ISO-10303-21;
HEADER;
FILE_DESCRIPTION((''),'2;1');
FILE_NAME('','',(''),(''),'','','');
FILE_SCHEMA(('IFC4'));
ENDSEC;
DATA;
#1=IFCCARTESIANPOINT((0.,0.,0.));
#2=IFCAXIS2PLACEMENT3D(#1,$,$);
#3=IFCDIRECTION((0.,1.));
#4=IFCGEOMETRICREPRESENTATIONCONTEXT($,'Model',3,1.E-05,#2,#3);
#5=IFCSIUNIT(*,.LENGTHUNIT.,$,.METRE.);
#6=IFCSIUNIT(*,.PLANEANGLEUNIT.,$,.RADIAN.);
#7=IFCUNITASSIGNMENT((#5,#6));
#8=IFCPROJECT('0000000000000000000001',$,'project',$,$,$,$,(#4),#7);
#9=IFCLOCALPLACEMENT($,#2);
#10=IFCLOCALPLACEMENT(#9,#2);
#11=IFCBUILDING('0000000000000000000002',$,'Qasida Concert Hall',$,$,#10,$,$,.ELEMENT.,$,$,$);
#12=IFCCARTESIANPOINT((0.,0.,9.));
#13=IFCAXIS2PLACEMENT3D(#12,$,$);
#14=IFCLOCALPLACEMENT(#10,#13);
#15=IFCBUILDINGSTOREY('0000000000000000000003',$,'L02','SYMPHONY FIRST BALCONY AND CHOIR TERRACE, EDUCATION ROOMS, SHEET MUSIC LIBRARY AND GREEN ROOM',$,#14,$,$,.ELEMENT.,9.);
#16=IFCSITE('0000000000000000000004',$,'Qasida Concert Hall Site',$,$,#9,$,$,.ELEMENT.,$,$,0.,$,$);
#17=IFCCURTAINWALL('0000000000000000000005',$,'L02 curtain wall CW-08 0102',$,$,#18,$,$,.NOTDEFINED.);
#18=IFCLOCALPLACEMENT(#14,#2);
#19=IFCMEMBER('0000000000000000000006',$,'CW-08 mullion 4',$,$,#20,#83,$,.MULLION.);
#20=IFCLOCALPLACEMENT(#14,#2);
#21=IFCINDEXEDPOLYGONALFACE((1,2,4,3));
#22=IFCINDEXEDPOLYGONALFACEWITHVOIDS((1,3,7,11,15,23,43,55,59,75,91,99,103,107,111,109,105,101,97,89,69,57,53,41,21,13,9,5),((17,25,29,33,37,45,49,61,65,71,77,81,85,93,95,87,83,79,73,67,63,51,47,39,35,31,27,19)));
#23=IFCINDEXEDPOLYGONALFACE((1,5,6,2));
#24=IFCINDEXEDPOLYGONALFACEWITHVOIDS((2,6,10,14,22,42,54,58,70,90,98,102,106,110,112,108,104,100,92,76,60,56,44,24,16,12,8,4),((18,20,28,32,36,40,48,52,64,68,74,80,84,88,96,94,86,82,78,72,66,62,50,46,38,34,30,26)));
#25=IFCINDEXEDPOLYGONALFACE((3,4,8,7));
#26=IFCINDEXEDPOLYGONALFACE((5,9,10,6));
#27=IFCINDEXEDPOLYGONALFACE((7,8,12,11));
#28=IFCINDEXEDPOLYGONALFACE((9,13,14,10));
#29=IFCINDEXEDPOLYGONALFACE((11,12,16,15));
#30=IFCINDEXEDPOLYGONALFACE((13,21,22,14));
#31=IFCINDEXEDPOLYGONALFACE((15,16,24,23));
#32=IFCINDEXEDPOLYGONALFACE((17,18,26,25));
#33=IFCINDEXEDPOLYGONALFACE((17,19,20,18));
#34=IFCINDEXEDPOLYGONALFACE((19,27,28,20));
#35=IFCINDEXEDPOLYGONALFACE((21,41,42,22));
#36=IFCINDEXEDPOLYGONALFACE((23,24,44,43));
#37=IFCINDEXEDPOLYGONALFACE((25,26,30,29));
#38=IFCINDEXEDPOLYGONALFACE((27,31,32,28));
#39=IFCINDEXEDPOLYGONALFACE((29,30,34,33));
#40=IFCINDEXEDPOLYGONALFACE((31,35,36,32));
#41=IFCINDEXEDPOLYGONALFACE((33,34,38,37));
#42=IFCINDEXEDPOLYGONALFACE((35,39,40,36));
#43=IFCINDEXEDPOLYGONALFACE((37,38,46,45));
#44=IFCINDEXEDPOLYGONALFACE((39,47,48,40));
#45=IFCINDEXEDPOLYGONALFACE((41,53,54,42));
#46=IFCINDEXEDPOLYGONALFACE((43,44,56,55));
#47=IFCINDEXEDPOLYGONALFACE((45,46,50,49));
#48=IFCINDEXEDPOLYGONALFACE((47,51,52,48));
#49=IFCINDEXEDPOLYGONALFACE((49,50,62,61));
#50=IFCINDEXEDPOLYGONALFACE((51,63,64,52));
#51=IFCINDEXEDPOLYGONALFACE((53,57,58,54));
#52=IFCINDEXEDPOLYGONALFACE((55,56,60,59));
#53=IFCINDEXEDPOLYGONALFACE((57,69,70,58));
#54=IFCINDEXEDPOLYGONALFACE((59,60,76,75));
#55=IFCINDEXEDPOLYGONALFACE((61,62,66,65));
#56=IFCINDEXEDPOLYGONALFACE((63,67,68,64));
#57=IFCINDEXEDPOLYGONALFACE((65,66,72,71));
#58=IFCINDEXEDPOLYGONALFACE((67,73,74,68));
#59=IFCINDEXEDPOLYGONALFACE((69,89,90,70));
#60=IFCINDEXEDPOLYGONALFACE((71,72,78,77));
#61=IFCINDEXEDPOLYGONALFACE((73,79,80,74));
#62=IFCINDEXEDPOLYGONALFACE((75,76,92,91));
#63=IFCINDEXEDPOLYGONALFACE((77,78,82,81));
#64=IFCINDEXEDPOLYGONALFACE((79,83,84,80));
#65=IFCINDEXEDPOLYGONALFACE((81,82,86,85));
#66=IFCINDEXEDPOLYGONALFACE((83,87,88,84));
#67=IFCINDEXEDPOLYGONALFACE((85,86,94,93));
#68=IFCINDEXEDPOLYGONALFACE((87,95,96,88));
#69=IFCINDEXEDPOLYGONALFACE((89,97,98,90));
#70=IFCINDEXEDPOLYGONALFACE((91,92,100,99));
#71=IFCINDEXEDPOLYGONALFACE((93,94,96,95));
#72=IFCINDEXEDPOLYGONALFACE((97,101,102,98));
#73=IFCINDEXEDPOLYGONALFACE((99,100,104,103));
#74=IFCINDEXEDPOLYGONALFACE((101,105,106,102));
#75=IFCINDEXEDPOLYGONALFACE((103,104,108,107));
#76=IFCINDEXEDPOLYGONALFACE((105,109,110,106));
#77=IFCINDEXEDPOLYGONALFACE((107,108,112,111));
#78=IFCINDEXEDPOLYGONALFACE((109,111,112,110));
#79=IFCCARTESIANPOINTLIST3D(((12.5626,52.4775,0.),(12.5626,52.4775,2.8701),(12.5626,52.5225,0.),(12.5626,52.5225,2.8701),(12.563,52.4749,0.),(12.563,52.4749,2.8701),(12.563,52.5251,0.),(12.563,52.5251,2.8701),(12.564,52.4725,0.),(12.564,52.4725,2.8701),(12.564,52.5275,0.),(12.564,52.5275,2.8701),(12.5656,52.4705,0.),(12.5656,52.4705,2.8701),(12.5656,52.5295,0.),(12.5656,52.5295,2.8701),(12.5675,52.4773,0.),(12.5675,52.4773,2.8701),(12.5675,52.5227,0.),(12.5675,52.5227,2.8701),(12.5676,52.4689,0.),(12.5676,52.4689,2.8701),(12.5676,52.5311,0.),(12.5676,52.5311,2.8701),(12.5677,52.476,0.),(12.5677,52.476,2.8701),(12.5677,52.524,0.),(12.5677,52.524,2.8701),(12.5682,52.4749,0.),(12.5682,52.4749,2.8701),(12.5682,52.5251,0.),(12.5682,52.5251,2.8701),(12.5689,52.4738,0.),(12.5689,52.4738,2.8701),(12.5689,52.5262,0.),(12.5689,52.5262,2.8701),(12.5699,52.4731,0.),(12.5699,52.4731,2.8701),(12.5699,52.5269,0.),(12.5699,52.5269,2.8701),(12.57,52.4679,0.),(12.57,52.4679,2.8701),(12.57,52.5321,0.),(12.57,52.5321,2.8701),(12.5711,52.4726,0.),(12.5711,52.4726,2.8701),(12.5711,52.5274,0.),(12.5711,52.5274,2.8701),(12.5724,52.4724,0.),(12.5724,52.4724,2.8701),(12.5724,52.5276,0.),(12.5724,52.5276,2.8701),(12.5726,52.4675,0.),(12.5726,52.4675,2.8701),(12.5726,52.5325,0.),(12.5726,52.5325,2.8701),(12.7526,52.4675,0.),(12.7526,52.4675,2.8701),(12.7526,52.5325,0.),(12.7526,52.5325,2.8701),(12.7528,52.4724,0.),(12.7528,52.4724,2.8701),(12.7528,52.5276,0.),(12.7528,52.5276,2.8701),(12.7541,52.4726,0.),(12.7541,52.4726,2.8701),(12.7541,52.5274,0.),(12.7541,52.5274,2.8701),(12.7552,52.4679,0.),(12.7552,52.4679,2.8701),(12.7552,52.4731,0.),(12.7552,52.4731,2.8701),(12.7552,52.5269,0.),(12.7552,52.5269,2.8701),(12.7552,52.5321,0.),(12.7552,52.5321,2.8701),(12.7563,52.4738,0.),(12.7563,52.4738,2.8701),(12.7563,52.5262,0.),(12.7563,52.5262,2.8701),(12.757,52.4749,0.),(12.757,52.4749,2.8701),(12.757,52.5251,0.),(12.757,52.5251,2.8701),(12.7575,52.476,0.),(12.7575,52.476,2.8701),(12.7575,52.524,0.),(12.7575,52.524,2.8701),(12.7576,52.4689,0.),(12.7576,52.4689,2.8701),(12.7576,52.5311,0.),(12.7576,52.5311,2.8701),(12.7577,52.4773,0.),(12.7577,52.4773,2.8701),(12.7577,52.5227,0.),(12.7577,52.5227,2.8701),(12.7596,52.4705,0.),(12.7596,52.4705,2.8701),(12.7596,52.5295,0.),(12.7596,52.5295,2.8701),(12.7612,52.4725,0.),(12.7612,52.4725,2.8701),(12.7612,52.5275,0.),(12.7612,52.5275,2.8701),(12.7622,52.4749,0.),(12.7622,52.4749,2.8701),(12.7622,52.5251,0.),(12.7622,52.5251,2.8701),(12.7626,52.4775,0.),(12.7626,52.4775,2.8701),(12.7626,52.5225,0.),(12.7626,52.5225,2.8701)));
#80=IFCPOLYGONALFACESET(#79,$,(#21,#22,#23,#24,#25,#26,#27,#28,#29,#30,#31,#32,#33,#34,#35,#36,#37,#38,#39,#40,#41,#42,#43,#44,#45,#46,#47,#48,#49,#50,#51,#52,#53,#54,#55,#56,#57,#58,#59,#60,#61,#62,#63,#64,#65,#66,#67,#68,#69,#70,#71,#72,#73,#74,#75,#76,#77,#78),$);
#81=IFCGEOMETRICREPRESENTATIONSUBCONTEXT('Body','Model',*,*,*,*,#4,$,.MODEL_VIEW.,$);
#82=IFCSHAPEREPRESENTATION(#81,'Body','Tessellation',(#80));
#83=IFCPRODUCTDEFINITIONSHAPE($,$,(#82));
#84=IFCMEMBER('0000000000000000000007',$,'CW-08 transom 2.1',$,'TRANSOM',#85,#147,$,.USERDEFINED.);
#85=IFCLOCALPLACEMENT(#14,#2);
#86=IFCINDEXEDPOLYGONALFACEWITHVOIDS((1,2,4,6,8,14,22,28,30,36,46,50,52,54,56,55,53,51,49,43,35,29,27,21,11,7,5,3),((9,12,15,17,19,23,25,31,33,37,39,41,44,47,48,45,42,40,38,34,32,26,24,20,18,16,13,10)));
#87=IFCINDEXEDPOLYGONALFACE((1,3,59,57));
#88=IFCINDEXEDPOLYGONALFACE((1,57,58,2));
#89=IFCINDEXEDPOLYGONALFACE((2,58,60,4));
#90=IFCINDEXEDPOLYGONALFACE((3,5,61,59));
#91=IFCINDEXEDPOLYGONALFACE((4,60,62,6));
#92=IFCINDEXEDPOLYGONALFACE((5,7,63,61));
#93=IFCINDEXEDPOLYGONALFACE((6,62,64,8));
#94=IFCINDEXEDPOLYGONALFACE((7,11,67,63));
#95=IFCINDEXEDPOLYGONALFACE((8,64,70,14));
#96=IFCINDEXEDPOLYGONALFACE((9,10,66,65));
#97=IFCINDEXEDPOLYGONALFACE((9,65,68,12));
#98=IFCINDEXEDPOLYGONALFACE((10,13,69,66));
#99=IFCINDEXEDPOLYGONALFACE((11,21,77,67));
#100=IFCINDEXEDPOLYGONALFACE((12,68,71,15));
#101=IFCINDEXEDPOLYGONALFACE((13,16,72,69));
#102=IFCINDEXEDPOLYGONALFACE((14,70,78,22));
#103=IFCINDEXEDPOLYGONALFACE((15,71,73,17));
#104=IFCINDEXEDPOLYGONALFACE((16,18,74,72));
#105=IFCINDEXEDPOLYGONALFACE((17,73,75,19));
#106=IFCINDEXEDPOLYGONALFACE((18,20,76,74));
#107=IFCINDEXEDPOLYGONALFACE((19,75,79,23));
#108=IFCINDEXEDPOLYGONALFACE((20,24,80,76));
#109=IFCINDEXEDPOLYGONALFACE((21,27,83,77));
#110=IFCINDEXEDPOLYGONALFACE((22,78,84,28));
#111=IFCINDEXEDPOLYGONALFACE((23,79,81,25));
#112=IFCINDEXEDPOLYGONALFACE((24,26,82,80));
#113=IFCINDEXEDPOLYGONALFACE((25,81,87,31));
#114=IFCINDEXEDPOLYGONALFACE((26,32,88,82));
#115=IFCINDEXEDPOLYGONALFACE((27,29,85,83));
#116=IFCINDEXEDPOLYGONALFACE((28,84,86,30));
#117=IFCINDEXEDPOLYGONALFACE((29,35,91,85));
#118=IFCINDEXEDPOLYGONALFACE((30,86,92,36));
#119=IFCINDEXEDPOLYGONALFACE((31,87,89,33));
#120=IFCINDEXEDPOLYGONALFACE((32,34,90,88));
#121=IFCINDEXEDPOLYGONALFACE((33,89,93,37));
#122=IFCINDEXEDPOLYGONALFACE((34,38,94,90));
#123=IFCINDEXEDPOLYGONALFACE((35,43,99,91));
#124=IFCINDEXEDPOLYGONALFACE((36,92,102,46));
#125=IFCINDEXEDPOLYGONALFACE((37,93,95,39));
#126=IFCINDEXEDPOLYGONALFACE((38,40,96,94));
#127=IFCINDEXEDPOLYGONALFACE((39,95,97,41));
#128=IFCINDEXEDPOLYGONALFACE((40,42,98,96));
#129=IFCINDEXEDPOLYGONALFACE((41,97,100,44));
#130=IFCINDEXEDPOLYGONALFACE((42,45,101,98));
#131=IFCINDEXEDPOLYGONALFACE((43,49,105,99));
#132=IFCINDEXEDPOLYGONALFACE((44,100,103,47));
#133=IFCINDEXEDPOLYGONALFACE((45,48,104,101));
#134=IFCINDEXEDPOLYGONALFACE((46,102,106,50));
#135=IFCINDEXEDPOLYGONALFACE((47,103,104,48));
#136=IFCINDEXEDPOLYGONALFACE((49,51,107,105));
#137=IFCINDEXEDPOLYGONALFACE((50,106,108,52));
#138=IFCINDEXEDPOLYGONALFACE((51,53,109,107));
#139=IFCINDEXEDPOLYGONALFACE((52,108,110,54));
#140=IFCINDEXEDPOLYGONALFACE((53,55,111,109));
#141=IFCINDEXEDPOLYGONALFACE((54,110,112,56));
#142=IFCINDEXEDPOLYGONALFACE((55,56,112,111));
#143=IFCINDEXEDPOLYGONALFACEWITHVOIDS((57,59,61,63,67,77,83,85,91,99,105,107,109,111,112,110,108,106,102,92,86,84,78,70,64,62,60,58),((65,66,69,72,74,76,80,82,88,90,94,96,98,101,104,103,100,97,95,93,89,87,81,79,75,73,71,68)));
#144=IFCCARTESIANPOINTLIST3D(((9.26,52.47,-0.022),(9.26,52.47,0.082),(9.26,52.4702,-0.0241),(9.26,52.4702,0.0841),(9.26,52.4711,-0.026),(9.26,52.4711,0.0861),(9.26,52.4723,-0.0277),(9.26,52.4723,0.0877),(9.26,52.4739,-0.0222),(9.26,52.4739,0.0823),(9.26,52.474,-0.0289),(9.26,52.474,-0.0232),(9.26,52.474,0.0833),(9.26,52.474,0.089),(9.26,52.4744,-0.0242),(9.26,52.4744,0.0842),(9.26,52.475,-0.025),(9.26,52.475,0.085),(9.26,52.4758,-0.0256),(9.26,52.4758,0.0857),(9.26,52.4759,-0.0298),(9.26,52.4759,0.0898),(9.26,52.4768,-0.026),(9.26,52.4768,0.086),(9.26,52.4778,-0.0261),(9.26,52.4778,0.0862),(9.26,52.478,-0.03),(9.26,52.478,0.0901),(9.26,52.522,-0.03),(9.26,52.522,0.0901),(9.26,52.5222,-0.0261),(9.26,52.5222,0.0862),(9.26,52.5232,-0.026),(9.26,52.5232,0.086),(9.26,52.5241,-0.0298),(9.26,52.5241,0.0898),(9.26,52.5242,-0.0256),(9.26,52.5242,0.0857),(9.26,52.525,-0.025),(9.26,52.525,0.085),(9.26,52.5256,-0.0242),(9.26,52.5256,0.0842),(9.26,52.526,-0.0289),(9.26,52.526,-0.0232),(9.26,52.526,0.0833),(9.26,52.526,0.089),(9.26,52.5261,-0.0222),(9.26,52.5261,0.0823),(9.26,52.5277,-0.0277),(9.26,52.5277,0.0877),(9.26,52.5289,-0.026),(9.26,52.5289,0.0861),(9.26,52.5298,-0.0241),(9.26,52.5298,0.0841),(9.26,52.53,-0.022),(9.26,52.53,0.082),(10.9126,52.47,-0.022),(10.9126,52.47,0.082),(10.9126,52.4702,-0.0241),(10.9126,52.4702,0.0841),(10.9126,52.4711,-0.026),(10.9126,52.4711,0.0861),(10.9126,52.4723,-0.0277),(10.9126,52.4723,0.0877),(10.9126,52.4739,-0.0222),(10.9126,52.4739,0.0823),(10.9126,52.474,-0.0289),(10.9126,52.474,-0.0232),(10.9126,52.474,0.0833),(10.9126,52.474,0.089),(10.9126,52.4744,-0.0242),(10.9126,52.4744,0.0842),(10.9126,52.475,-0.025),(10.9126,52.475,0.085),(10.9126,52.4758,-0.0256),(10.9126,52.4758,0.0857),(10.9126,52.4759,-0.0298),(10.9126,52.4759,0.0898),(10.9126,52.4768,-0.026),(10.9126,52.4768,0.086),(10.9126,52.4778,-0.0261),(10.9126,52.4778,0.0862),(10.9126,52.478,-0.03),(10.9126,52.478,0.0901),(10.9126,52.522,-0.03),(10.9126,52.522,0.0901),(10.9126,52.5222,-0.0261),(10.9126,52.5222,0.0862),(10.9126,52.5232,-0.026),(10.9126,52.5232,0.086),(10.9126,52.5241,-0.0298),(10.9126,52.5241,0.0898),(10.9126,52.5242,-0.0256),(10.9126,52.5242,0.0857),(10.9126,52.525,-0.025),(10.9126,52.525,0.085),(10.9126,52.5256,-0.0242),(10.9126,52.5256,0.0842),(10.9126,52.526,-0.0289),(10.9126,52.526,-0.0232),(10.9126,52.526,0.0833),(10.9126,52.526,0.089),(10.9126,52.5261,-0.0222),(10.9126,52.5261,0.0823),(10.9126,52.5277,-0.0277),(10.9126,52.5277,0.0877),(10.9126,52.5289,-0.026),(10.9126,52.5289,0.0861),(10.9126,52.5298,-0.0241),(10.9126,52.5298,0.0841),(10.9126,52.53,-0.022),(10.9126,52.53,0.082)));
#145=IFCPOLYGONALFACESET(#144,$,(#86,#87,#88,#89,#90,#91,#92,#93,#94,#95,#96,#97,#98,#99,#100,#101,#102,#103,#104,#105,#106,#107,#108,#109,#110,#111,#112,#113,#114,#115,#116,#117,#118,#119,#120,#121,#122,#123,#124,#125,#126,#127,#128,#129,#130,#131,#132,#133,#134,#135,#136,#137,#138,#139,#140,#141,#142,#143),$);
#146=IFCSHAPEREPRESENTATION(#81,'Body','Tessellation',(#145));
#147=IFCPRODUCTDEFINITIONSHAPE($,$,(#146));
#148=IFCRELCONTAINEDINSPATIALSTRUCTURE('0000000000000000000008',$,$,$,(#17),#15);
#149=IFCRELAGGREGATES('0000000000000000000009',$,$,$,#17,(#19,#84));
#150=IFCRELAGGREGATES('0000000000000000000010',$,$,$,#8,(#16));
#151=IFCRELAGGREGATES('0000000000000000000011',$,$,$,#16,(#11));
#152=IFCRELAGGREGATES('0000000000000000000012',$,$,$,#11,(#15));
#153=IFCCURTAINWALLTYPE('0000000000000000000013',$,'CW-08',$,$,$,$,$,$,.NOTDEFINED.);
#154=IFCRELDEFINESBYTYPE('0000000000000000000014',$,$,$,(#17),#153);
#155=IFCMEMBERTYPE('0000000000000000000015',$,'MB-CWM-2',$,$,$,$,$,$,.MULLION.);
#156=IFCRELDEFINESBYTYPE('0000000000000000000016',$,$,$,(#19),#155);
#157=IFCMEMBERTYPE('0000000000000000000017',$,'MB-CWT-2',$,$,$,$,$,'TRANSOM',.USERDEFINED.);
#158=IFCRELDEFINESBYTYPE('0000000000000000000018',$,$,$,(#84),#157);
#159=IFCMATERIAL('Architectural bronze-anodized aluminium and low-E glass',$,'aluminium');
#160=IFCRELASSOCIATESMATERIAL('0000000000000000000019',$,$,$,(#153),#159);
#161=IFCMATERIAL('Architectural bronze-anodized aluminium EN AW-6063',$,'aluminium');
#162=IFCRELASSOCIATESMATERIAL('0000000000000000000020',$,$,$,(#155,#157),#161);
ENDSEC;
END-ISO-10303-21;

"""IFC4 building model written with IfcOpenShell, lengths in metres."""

from ifc_helpers import new_model, si_unit, direction, frame, origin, origin_2d, place, context, subcontext, project, spatial, hollow_rectangle, extrude, material, material_profile, profile_set, type_object, element, aggregate, save


model = new_model("IFC4")

# Units and contexts
model_context = context("Model", 3, precision=1e-05, world=origin(), true_north=direction((0.0, 1.0)))
body_context = subcontext(model_context, "Body", "Model", "MODEL_VIEW")
ifc_project = project(units=[si_unit("LENGTHUNIT", "METRE"), si_unit("PLANEANGLEUNIT", "RADIAN")], contexts=[model_context])

# Site, building, storey
site_placement = place(None, origin())
site = spatial("IfcSite", under=ifc_project, at=site_placement, Name="Qasida Concert Hall Site", CompositionType="ELEMENT", RefElevation=0.0)
building_placement = place(site_placement, origin())
building = spatial("IfcBuilding", under=site, at=building_placement, Name="Qasida Concert Hall", CompositionType="ELEMENT")
storey_placement = place(building_placement, frame((0.0, 0.0, 9.0)))
storey = spatial("IfcBuildingStorey", under=building, at=storey_placement, Name="L02", Description="SYMPHONY FIRST BALCONY AND CHOIR TERRACE, EDUCATION ROOMS, SHEET MUSIC LIBRARY AND GREEN ROOM", CompositionType="ELEMENT", Elevation=9.0)

# Curtain wall, members
ifc_material_1 = material(Name="Architectural bronze-anodized aluminium and low-E glass", Category="aluminium")
curtain_wall_type = type_object("IfcCurtainWallType", Name="CW-08", PredefinedType="NOTDEFINED", material=ifc_material_1)
curtain_wall_placement = place(storey_placement, origin())
curtain_wall = element("IfcCurtainWall", 1, at=curtain_wall_placement, inside=storey, type_object=curtain_wall_type, Name="L02 curtain wall CW-08 0102", PredefinedType="NOTDEFINED")
ifc_material_2 = material(Name="Architectural bronze-anodized aluminium EN AW-6063", Category="aluminium")
ifc_material_profile_1 = material_profile(ifc_material_2, hollow_rectangle(XDim=0.0649, YDim=0.2, WallThickness=0.0049, InnerFilletRadius=0.0049, OuterFilletRadius=0.01, at=origin_2d()), Name="CWM 200x65x5")
ifc_profile_set_1 = profile_set([ifc_material_profile_1], Name="Architectural bronze-anodized aluminium EN AW-6063")
member_type_1 = type_object("IfcMemberType", Name="MB-CWM-2", PredefinedType="MULLION", material=ifc_profile_set_1)
member_1_placement = place(storey_placement, frame((12.6626, 52.5, 0.0), z_axis=(0.0, 0.0, 1.0), x_axis=(0.0, 1.0, 0.0)))
member_1 = element("IfcMember", 2, at=member_1_placement, type_object=member_type_1, Name="CW-08 mullion 4", PredefinedType="MULLION", context=body_context, shape_type="SweptSolid", body=[
    extrude(hollow_rectangle(XDim=0.0649, YDim=0.2, WallThickness=0.0049, InnerFilletRadius=0.0049, OuterFilletRadius=0.01, at=origin_2d()), origin(), (0.0, 0.0, 1.0), 2.8701),
])
ifc_material_profile_2 = material_profile(ifc_material_2, hollow_rectangle(XDim=0.0601, YDim=0.1201, WallThickness=0.0039, InnerFilletRadius=0.0039, OuterFilletRadius=0.0081, at=origin_2d()), Name="CWT 120x60x4")
ifc_profile_set_2 = profile_set([ifc_material_profile_2], Name="Architectural bronze-anodized aluminium EN AW-6063")
member_type_2 = type_object("IfcMemberType", Name="MB-CWT-2", ElementType="TRANSOM", PredefinedType="USERDEFINED", material=ifc_profile_set_2)
member_2_placement = place(storey_placement, frame((9.26, 52.5, 0.03), z_axis=(1.0, 0.0, 0.0), x_axis=(0.0, 1.0, 0.0)))
member_2 = element("IfcMember", 3, at=member_2_placement, type_object=member_type_2, Name="CW-08 transom 2.1", ObjectType="TRANSOM", PredefinedType="USERDEFINED", context=body_context, shape_type="SweptSolid", body=[
    extrude(hollow_rectangle(XDim=0.0601, YDim=0.1201, WallThickness=0.0039, InnerFilletRadius=0.0039, OuterFilletRadius=0.0081, at=origin_2d()), origin(), (0.0, 0.0, 1.0), 1.6526),
])
aggregate(curtain_wall, [member_1, member_2])

save(model, "model.ifc")
